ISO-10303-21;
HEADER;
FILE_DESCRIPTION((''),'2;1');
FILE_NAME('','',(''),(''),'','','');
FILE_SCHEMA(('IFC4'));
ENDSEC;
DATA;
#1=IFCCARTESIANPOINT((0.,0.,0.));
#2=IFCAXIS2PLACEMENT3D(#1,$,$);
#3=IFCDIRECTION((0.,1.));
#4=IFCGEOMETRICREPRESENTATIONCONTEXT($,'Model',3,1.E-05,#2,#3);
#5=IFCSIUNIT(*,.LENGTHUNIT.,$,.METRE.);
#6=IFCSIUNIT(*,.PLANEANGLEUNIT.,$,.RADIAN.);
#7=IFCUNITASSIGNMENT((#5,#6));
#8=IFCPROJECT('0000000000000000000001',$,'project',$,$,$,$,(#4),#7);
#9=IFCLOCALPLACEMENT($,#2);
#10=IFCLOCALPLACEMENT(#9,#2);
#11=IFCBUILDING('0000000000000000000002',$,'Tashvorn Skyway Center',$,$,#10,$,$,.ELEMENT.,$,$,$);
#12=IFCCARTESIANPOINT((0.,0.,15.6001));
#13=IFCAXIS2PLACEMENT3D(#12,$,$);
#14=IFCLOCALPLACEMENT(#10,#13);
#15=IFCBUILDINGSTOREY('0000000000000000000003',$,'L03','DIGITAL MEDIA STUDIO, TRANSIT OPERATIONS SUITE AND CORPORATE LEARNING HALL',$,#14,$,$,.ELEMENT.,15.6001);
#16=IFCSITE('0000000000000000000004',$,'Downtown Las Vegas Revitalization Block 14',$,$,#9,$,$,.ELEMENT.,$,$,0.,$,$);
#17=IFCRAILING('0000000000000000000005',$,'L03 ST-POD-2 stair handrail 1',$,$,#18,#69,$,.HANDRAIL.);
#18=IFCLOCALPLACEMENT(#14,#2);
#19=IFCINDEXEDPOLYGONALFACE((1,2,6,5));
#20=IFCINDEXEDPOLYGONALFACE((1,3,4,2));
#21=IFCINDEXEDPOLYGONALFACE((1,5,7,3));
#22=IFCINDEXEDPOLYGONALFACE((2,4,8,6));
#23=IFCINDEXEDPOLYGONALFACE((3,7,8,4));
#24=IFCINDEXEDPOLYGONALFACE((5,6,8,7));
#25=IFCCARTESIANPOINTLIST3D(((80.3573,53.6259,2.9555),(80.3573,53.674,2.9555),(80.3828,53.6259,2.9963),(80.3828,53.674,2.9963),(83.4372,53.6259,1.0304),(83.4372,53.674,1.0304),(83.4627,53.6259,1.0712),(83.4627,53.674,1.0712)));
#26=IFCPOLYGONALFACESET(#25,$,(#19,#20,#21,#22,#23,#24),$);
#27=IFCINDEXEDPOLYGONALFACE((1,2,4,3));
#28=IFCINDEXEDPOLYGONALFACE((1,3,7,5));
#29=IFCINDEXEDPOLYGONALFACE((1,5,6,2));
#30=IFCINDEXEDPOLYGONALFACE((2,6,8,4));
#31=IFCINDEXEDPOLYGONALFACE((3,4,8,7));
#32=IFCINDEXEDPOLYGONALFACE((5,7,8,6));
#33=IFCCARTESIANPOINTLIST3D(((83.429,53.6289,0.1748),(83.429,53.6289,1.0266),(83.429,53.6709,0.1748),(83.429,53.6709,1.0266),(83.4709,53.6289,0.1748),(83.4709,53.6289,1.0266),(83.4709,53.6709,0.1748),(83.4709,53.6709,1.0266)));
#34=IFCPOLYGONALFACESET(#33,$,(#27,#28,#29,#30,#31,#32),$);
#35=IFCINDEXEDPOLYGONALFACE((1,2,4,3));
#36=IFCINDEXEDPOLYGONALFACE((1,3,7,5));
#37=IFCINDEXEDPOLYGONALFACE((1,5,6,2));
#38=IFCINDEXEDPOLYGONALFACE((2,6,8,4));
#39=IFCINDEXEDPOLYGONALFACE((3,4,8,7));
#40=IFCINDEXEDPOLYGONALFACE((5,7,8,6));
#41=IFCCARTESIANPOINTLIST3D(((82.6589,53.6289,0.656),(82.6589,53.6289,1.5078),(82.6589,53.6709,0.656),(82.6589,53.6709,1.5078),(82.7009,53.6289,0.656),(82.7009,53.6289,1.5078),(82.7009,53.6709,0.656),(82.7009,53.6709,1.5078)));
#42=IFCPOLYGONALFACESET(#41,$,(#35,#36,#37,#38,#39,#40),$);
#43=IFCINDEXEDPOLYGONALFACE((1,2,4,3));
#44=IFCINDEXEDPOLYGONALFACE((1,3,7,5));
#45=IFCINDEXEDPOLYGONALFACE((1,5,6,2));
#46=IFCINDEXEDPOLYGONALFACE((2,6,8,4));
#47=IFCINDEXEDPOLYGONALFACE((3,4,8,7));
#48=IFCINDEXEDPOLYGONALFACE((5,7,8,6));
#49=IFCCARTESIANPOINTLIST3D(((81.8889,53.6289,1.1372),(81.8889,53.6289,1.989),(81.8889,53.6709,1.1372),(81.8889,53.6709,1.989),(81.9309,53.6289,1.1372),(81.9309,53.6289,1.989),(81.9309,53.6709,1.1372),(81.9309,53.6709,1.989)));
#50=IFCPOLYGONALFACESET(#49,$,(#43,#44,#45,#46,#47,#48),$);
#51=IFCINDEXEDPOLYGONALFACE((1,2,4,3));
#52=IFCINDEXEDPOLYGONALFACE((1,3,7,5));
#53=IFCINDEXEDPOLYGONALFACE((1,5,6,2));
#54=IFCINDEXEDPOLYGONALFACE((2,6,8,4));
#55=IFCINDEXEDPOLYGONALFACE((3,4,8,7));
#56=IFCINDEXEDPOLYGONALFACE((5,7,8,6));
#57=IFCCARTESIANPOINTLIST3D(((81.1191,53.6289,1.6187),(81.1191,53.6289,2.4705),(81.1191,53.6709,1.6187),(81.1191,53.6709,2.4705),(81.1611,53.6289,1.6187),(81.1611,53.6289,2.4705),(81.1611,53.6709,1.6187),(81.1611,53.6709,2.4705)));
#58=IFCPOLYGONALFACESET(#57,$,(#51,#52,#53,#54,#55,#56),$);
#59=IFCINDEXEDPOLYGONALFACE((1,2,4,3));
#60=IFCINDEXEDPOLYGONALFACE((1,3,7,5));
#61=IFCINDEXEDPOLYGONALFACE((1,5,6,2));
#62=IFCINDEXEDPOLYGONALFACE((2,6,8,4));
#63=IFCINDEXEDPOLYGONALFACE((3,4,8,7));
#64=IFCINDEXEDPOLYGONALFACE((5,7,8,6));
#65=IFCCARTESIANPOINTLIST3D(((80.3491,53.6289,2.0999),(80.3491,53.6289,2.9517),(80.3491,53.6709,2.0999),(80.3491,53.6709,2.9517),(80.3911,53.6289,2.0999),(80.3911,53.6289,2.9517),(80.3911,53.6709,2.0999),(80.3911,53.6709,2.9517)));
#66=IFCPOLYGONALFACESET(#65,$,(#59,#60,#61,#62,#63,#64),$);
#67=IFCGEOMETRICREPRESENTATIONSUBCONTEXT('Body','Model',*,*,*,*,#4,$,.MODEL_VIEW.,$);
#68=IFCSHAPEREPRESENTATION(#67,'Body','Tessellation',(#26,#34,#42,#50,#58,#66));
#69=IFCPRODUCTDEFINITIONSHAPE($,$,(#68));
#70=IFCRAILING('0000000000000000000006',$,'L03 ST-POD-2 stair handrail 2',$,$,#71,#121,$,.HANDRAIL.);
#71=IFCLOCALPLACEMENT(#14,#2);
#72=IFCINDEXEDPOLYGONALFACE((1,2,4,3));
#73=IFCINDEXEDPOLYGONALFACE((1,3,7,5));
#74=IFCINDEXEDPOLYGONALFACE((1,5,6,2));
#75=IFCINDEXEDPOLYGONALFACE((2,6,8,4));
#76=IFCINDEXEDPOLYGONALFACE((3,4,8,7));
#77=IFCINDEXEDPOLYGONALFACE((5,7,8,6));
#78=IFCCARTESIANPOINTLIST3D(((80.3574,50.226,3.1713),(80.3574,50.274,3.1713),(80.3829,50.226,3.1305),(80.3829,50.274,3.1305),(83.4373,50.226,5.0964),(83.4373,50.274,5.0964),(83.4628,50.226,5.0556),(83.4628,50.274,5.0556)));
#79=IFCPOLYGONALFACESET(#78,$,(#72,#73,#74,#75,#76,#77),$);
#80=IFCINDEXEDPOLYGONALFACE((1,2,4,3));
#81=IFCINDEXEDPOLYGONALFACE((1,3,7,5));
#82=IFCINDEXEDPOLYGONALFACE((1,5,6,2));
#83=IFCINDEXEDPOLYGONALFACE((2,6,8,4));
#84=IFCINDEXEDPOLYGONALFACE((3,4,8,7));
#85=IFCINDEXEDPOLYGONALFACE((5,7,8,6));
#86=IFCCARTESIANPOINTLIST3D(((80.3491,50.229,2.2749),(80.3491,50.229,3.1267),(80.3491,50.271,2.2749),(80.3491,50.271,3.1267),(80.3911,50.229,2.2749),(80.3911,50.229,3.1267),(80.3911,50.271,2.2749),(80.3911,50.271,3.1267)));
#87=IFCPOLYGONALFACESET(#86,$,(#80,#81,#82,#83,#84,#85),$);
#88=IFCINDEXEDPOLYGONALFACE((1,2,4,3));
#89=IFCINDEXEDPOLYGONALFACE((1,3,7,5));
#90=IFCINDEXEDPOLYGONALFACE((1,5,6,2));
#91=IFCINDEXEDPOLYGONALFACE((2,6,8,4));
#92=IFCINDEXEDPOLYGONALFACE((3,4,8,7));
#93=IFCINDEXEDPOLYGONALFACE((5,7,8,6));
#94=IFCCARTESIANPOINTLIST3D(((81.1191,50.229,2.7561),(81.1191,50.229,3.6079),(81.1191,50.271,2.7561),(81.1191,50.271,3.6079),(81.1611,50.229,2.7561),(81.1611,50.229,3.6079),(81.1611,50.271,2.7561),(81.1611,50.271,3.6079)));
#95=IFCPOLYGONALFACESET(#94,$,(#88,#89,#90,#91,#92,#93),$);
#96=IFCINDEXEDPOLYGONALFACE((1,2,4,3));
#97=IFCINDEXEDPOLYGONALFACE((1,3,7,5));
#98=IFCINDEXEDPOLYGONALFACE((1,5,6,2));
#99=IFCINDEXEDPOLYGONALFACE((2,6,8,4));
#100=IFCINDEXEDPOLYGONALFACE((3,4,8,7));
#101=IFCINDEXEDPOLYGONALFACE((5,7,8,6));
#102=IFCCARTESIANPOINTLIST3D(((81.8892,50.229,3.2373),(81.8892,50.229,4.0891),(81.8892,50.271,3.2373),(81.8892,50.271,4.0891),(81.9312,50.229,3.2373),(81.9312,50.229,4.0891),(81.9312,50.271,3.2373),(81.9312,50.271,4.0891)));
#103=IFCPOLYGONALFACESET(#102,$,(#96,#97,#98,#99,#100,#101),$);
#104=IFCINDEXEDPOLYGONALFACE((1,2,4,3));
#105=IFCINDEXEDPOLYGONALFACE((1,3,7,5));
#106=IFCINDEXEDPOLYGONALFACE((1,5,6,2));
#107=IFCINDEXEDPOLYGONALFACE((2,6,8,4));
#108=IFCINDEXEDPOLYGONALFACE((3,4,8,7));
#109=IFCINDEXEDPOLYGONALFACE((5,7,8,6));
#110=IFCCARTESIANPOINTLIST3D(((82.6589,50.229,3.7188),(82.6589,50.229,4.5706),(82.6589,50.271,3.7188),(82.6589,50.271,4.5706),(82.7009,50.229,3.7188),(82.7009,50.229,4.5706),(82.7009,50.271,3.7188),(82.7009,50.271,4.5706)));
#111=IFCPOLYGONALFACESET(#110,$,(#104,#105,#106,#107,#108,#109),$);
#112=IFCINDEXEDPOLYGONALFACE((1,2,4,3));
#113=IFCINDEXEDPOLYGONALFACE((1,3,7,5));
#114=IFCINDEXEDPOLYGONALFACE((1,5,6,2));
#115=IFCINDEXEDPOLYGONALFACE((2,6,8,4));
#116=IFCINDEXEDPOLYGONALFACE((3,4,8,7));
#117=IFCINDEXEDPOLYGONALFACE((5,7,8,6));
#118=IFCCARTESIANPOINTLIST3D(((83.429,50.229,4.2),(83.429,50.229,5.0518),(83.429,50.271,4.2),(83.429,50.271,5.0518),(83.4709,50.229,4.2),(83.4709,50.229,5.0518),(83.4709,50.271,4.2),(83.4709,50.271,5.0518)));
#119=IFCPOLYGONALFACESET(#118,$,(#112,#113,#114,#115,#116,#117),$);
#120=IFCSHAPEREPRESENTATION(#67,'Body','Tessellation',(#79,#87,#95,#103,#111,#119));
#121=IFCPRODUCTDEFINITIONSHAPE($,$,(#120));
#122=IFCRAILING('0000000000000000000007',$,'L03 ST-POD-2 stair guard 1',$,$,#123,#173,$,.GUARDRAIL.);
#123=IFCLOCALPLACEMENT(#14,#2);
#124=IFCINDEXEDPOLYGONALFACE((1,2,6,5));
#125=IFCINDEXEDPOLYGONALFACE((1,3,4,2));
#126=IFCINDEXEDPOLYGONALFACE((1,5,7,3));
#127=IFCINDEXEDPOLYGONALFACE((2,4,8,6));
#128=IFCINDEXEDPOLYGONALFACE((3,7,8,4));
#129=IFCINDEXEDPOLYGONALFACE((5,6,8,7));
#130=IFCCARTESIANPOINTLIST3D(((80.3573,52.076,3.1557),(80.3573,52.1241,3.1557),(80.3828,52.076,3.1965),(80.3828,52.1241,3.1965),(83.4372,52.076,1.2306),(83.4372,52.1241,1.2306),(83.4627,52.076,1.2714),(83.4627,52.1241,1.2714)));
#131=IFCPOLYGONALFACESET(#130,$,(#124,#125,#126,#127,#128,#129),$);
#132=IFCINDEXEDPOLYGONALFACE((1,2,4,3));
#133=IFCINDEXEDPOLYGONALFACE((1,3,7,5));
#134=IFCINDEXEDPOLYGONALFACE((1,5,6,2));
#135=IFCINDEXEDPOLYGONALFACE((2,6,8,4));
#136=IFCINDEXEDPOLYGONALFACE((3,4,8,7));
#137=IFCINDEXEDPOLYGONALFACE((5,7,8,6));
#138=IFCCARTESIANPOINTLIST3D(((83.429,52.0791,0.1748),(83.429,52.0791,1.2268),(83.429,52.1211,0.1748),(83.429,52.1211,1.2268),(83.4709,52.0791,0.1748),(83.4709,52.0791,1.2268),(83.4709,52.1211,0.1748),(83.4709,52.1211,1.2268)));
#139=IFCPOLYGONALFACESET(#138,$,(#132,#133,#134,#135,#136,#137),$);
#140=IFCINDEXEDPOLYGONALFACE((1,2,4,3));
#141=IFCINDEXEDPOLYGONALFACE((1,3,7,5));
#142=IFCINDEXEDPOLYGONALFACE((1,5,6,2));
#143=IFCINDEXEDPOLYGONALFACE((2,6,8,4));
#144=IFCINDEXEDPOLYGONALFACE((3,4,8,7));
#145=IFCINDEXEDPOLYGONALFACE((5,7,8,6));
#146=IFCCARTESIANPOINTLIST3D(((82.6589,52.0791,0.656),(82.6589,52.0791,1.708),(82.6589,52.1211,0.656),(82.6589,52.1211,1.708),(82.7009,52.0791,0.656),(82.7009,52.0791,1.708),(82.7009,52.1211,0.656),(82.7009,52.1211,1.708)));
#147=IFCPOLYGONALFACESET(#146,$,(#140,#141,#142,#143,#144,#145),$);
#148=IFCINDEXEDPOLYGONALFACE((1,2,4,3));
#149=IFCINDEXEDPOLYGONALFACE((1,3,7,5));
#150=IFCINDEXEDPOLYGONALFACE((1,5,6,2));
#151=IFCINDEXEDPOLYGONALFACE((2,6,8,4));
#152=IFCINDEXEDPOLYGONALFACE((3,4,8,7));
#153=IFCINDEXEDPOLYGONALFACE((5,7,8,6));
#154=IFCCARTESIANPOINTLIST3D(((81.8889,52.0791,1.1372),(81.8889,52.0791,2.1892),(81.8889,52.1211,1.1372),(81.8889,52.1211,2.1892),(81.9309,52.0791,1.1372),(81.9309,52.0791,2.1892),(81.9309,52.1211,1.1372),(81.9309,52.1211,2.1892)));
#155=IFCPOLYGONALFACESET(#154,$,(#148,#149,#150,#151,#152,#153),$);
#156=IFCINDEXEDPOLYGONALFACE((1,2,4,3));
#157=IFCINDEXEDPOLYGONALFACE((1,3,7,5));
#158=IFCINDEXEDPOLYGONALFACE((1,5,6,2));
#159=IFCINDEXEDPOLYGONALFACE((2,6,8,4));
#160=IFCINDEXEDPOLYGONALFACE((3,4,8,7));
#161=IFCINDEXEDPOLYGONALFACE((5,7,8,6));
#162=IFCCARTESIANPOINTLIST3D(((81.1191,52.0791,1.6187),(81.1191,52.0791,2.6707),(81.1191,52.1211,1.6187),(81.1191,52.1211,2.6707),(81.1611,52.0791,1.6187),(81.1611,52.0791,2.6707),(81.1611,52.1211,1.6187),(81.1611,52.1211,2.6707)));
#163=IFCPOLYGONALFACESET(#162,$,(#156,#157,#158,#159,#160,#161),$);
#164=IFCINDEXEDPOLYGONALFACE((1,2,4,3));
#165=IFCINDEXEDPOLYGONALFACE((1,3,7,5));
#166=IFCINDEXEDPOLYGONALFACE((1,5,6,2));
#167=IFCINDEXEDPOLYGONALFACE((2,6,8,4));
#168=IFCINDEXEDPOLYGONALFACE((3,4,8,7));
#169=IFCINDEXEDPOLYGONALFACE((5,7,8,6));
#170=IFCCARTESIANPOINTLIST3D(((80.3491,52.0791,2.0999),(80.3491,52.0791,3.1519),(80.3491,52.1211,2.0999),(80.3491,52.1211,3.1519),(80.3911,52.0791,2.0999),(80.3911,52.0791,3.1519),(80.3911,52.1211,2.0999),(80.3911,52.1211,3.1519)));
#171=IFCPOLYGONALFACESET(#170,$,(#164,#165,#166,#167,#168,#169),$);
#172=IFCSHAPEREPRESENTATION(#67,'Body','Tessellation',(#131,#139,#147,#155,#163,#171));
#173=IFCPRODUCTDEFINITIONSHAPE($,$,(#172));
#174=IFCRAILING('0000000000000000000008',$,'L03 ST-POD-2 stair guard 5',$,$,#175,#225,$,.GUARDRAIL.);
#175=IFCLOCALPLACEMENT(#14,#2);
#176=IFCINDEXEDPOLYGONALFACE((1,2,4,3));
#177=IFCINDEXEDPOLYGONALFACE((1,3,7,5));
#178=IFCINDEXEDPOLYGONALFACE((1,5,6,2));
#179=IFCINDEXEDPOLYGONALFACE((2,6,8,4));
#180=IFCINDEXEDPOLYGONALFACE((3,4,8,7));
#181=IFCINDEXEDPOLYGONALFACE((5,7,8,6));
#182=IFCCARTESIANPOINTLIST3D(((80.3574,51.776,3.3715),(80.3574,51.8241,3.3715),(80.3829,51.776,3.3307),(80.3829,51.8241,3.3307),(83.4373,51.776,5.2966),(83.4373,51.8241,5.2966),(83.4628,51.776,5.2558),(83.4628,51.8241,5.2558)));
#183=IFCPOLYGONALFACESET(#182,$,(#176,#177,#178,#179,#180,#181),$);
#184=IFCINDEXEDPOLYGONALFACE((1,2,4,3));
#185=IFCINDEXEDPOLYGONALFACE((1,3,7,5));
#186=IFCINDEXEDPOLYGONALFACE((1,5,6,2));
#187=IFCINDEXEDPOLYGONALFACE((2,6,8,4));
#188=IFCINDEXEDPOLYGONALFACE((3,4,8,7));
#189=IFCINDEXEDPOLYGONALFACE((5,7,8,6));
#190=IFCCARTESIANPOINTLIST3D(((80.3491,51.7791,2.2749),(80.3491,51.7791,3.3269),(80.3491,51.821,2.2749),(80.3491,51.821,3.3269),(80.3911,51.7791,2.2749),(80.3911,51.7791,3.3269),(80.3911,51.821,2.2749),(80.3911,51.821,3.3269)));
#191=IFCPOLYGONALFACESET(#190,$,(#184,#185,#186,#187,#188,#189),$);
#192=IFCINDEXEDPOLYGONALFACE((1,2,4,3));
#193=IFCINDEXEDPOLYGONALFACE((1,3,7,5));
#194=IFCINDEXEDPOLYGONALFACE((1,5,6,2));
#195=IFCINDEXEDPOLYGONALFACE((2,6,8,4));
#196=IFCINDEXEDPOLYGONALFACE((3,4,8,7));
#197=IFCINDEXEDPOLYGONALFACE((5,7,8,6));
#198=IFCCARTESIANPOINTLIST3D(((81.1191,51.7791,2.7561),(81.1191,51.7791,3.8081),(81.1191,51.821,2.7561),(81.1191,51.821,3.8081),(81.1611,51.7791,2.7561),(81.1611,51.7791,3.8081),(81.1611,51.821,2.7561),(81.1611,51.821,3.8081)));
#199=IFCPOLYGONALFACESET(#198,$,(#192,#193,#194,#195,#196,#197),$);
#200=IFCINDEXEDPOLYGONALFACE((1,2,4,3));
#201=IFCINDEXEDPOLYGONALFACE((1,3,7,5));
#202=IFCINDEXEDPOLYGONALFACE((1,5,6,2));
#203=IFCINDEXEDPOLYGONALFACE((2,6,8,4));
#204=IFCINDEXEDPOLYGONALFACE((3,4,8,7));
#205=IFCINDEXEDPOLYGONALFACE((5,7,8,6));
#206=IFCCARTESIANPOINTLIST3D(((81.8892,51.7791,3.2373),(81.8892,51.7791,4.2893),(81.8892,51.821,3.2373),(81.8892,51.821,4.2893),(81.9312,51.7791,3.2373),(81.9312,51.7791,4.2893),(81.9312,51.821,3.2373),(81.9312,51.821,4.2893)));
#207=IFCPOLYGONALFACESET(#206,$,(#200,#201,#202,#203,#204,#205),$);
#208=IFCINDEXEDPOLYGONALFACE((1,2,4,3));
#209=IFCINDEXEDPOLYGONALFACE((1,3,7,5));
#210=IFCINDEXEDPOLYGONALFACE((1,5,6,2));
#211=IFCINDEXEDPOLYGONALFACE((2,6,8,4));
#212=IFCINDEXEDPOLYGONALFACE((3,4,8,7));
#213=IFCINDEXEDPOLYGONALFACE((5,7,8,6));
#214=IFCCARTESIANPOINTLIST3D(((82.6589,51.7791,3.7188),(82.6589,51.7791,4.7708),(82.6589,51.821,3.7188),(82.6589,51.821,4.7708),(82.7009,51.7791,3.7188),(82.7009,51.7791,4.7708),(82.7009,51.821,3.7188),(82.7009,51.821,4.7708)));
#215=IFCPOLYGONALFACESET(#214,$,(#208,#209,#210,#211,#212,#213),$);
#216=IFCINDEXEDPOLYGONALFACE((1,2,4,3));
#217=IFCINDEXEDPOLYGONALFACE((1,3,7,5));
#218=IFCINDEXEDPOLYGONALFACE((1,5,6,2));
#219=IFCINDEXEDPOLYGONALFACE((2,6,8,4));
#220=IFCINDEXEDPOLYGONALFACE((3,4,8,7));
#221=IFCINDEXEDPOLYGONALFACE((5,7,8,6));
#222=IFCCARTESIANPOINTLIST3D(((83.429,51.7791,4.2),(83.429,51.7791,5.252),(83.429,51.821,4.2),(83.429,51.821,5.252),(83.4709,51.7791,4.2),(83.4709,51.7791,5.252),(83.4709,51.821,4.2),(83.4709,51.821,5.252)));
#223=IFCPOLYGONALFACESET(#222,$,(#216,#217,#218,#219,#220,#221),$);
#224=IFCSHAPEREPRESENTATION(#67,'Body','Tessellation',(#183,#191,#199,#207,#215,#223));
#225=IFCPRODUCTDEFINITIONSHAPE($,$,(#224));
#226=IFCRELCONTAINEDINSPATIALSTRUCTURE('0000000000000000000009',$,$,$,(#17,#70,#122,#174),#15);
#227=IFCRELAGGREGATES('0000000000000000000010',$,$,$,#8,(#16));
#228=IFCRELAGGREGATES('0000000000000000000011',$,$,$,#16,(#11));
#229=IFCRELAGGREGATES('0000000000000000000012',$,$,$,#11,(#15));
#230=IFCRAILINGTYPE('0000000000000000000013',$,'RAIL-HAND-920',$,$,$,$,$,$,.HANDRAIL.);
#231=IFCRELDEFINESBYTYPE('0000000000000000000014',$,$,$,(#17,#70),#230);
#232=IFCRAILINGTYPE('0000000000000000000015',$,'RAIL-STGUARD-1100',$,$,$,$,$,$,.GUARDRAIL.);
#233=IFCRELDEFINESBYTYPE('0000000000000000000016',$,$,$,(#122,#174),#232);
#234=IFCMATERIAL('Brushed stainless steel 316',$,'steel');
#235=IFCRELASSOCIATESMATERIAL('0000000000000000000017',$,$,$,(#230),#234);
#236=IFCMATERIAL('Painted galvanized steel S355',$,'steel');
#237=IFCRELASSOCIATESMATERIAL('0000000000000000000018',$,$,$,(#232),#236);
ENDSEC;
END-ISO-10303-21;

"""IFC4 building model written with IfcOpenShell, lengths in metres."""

from ifc_helpers import new_model, si_unit, direction, frame, origin, origin_2d, place, context, subcontext, project, spatial, rectangle, extrude, material, type_object, element, save


model = new_model("IFC4")

# Units and contexts
model_context = context("Model", 3, precision=1e-05, world=origin(), true_north=direction((0.0, 1.0)))
body_context = subcontext(model_context, "Body", "Model", "MODEL_VIEW")
ifc_project = project(units=[si_unit("LENGTHUNIT", "METRE"), si_unit("PLANEANGLEUNIT", "RADIAN")], contexts=[model_context])

# Site, building, storey
site_placement = place(None, origin())
site = spatial("IfcSite", under=ifc_project, at=site_placement, Name="Downtown Las Vegas Revitalization Block 14", CompositionType="ELEMENT", RefElevation=0.0)
building_placement = place(site_placement, origin())
building = spatial("IfcBuilding", under=site, at=building_placement, Name="Tashvorn Skyway Center", CompositionType="ELEMENT")
storey_placement = place(building_placement, frame((0.0, 0.0, 15.6001)))
storey = spatial("IfcBuildingStorey", under=building, at=storey_placement, Name="L03", Description="DIGITAL MEDIA STUDIO, TRANSIT OPERATIONS SUITE AND CORPORATE LEARNING HALL", CompositionType="ELEMENT", Elevation=15.6001)

# Railings
ifc_material_1 = material(Name="Brushed stainless steel 316", Category="steel")
railing_type_1 = type_object("IfcRailingType", Name="RAIL-HAND-920", PredefinedType="HANDRAIL", material=ifc_material_1)
railing_1_placement = place(storey_placement, frame((83.45, 53.6499, 0.1748)))
element("IfcRailing", 1, at=railing_1_placement, inside=storey, type_object=railing_type_1, Name="L03 ST-POD-2 stair handrail 1", PredefinedType="HANDRAIL", context=body_context, shape_type="SweptSolid", body=[
    extrude(rectangle(XDim=0.0481, YDim=0.0481, at=origin_2d()), frame((0.0, 0.0, 0.876), z_axis=(-0.847979, 0.0, 0.530029), x_axis=(0.0, -1.0, 0.0)), (0.0, 0.0, 1.0), 3.6321),
    extrude(rectangle(XDim=0.042, YDim=0.042, at=origin_2d()), origin(), (0.0, 0.0, 1.0), 0.8518),
    extrude(rectangle(XDim=0.042, YDim=0.042, at=origin_2d()), frame((-0.77, 0.0, 0.4812)), (0.0, 0.0, 1.0), 0.8518),
    extrude(rectangle(XDim=0.042, YDim=0.042, at=origin_2d()), frame((-1.54, 0.0, 0.9624)), (0.0, 0.0, 1.0), 0.8518),
    extrude(rectangle(XDim=0.042, YDim=0.042, at=origin_2d()), frame((-2.3098, 0.0, 1.4438)), (0.0, 0.0, 1.0), 0.8518),
    extrude(rectangle(XDim=0.042, YDim=0.042, at=origin_2d()), frame((-3.0798, 0.0, 1.925)), (0.0, 0.0, 1.0), 0.8518),
])
railing_2_placement = place(storey_placement, frame((80.3701, 50.25, 2.2749)))
element("IfcRailing", 2, at=railing_2_placement, inside=storey, type_object=railing_type_1, Name="L03 ST-POD-2 stair handrail 2", PredefinedType="HANDRAIL", context=body_context, shape_type="SweptSolid", body=[
    extrude(rectangle(XDim=0.0481, YDim=0.0481, at=origin_2d()), frame((0.0, 0.0, 0.876), z_axis=(0.847979, 0.0, 0.530029), x_axis=(0.0, 1.0, 0.0)), (0.0, 0.0, 1.0), 3.6321),
    extrude(rectangle(XDim=0.042, YDim=0.042, at=origin_2d()), origin(), (0.0, 0.0, 1.0), 0.8518),
    extrude(rectangle(XDim=0.042, YDim=0.042, at=origin_2d()), frame((0.77, 0.0, 0.4812)), (0.0, 0.0, 1.0), 0.8518),
    extrude(rectangle(XDim=0.042, YDim=0.042, at=origin_2d()), frame((1.54, 0.0, 0.9624)), (0.0, 0.0, 1.0), 0.8518),
    extrude(rectangle(XDim=0.042, YDim=0.042, at=origin_2d()), frame((2.3098, 0.0, 1.4438)), (0.0, 0.0, 1.0), 0.8518),
    extrude(rectangle(XDim=0.042, YDim=0.042, at=origin_2d()), frame((3.0798, 0.0, 1.925)), (0.0, 0.0, 1.0), 0.8518),
])
ifc_material_2 = material(Name="Painted galvanized steel S355", Category="steel")
railing_type_2 = type_object("IfcRailingType", Name="RAIL-STGUARD-1100", PredefinedType="GUARDRAIL", material=ifc_material_2)
railing_3_placement = place(storey_placement, frame((83.45, 52.1001, 0.1748)))
element("IfcRailing", 3, at=railing_3_placement, inside=storey, type_object=railing_type_2, Name="L03 ST-POD-2 stair guard 1", PredefinedType="GUARDRAIL", context=body_context, shape_type="SweptSolid", body=[
    extrude(rectangle(XDim=0.0481, YDim=0.0481, at=origin_2d()), frame((0.0, 0.0, 1.0762), z_axis=(-0.847979, 0.0, 0.530029), x_axis=(0.0, -1.0, 0.0)), (0.0, 0.0, 1.0), 3.6321),
    extrude(rectangle(XDim=0.042, YDim=0.042, at=origin_2d()), origin(), (0.0, 0.0, 1.0), 1.052),
    extrude(rectangle(XDim=0.042, YDim=0.042, at=origin_2d()), frame((-0.77, 0.0, 0.4812)), (0.0, 0.0, 1.0), 1.052),
    extrude(rectangle(XDim=0.042, YDim=0.042, at=origin_2d()), frame((-1.54, 0.0, 0.9624)), (0.0, 0.0, 1.0), 1.052),
    extrude(rectangle(XDim=0.042, YDim=0.042, at=origin_2d()), frame((-2.3098, 0.0, 1.4438)), (0.0, 0.0, 1.0), 1.052),
    extrude(rectangle(XDim=0.042, YDim=0.042, at=origin_2d()), frame((-3.0798, 0.0, 1.925)), (0.0, 0.0, 1.0), 1.052),
])
railing_4_placement = place(storey_placement, frame((80.3701, 51.8, 2.2749)))
element("IfcRailing", 4, at=railing_4_placement, inside=storey, type_object=railing_type_2, Name="L03 ST-POD-2 stair guard 5", PredefinedType="GUARDRAIL", context=body_context, shape_type="SweptSolid", body=[
    extrude(rectangle(XDim=0.0481, YDim=0.0481, at=origin_2d()), frame((0.0, 0.0, 1.0762), z_axis=(0.847979, 0.0, 0.530029), x_axis=(0.0, 1.0, 0.0)), (0.0, 0.0, 1.0), 3.6321),
    extrude(rectangle(XDim=0.042, YDim=0.042, at=origin_2d()), origin(), (0.0, 0.0, 1.0), 1.052),
    extrude(rectangle(XDim=0.042, YDim=0.042, at=origin_2d()), frame((0.77, 0.0, 0.4812)), (0.0, 0.0, 1.0), 1.052),
    extrude(rectangle(XDim=0.042, YDim=0.042, at=origin_2d()), frame((1.54, 0.0, 0.9624)), (0.0, 0.0, 1.0), 1.052),
    extrude(rectangle(XDim=0.042, YDim=0.042, at=origin_2d()), frame((2.3098, 0.0, 1.4438)), (0.0, 0.0, 1.0), 1.052),
    extrude(rectangle(XDim=0.042, YDim=0.042, at=origin_2d()), frame((3.0798, 0.0, 1.925)), (0.0, 0.0, 1.0), 1.052),
])

save(model, "model.ifc")
